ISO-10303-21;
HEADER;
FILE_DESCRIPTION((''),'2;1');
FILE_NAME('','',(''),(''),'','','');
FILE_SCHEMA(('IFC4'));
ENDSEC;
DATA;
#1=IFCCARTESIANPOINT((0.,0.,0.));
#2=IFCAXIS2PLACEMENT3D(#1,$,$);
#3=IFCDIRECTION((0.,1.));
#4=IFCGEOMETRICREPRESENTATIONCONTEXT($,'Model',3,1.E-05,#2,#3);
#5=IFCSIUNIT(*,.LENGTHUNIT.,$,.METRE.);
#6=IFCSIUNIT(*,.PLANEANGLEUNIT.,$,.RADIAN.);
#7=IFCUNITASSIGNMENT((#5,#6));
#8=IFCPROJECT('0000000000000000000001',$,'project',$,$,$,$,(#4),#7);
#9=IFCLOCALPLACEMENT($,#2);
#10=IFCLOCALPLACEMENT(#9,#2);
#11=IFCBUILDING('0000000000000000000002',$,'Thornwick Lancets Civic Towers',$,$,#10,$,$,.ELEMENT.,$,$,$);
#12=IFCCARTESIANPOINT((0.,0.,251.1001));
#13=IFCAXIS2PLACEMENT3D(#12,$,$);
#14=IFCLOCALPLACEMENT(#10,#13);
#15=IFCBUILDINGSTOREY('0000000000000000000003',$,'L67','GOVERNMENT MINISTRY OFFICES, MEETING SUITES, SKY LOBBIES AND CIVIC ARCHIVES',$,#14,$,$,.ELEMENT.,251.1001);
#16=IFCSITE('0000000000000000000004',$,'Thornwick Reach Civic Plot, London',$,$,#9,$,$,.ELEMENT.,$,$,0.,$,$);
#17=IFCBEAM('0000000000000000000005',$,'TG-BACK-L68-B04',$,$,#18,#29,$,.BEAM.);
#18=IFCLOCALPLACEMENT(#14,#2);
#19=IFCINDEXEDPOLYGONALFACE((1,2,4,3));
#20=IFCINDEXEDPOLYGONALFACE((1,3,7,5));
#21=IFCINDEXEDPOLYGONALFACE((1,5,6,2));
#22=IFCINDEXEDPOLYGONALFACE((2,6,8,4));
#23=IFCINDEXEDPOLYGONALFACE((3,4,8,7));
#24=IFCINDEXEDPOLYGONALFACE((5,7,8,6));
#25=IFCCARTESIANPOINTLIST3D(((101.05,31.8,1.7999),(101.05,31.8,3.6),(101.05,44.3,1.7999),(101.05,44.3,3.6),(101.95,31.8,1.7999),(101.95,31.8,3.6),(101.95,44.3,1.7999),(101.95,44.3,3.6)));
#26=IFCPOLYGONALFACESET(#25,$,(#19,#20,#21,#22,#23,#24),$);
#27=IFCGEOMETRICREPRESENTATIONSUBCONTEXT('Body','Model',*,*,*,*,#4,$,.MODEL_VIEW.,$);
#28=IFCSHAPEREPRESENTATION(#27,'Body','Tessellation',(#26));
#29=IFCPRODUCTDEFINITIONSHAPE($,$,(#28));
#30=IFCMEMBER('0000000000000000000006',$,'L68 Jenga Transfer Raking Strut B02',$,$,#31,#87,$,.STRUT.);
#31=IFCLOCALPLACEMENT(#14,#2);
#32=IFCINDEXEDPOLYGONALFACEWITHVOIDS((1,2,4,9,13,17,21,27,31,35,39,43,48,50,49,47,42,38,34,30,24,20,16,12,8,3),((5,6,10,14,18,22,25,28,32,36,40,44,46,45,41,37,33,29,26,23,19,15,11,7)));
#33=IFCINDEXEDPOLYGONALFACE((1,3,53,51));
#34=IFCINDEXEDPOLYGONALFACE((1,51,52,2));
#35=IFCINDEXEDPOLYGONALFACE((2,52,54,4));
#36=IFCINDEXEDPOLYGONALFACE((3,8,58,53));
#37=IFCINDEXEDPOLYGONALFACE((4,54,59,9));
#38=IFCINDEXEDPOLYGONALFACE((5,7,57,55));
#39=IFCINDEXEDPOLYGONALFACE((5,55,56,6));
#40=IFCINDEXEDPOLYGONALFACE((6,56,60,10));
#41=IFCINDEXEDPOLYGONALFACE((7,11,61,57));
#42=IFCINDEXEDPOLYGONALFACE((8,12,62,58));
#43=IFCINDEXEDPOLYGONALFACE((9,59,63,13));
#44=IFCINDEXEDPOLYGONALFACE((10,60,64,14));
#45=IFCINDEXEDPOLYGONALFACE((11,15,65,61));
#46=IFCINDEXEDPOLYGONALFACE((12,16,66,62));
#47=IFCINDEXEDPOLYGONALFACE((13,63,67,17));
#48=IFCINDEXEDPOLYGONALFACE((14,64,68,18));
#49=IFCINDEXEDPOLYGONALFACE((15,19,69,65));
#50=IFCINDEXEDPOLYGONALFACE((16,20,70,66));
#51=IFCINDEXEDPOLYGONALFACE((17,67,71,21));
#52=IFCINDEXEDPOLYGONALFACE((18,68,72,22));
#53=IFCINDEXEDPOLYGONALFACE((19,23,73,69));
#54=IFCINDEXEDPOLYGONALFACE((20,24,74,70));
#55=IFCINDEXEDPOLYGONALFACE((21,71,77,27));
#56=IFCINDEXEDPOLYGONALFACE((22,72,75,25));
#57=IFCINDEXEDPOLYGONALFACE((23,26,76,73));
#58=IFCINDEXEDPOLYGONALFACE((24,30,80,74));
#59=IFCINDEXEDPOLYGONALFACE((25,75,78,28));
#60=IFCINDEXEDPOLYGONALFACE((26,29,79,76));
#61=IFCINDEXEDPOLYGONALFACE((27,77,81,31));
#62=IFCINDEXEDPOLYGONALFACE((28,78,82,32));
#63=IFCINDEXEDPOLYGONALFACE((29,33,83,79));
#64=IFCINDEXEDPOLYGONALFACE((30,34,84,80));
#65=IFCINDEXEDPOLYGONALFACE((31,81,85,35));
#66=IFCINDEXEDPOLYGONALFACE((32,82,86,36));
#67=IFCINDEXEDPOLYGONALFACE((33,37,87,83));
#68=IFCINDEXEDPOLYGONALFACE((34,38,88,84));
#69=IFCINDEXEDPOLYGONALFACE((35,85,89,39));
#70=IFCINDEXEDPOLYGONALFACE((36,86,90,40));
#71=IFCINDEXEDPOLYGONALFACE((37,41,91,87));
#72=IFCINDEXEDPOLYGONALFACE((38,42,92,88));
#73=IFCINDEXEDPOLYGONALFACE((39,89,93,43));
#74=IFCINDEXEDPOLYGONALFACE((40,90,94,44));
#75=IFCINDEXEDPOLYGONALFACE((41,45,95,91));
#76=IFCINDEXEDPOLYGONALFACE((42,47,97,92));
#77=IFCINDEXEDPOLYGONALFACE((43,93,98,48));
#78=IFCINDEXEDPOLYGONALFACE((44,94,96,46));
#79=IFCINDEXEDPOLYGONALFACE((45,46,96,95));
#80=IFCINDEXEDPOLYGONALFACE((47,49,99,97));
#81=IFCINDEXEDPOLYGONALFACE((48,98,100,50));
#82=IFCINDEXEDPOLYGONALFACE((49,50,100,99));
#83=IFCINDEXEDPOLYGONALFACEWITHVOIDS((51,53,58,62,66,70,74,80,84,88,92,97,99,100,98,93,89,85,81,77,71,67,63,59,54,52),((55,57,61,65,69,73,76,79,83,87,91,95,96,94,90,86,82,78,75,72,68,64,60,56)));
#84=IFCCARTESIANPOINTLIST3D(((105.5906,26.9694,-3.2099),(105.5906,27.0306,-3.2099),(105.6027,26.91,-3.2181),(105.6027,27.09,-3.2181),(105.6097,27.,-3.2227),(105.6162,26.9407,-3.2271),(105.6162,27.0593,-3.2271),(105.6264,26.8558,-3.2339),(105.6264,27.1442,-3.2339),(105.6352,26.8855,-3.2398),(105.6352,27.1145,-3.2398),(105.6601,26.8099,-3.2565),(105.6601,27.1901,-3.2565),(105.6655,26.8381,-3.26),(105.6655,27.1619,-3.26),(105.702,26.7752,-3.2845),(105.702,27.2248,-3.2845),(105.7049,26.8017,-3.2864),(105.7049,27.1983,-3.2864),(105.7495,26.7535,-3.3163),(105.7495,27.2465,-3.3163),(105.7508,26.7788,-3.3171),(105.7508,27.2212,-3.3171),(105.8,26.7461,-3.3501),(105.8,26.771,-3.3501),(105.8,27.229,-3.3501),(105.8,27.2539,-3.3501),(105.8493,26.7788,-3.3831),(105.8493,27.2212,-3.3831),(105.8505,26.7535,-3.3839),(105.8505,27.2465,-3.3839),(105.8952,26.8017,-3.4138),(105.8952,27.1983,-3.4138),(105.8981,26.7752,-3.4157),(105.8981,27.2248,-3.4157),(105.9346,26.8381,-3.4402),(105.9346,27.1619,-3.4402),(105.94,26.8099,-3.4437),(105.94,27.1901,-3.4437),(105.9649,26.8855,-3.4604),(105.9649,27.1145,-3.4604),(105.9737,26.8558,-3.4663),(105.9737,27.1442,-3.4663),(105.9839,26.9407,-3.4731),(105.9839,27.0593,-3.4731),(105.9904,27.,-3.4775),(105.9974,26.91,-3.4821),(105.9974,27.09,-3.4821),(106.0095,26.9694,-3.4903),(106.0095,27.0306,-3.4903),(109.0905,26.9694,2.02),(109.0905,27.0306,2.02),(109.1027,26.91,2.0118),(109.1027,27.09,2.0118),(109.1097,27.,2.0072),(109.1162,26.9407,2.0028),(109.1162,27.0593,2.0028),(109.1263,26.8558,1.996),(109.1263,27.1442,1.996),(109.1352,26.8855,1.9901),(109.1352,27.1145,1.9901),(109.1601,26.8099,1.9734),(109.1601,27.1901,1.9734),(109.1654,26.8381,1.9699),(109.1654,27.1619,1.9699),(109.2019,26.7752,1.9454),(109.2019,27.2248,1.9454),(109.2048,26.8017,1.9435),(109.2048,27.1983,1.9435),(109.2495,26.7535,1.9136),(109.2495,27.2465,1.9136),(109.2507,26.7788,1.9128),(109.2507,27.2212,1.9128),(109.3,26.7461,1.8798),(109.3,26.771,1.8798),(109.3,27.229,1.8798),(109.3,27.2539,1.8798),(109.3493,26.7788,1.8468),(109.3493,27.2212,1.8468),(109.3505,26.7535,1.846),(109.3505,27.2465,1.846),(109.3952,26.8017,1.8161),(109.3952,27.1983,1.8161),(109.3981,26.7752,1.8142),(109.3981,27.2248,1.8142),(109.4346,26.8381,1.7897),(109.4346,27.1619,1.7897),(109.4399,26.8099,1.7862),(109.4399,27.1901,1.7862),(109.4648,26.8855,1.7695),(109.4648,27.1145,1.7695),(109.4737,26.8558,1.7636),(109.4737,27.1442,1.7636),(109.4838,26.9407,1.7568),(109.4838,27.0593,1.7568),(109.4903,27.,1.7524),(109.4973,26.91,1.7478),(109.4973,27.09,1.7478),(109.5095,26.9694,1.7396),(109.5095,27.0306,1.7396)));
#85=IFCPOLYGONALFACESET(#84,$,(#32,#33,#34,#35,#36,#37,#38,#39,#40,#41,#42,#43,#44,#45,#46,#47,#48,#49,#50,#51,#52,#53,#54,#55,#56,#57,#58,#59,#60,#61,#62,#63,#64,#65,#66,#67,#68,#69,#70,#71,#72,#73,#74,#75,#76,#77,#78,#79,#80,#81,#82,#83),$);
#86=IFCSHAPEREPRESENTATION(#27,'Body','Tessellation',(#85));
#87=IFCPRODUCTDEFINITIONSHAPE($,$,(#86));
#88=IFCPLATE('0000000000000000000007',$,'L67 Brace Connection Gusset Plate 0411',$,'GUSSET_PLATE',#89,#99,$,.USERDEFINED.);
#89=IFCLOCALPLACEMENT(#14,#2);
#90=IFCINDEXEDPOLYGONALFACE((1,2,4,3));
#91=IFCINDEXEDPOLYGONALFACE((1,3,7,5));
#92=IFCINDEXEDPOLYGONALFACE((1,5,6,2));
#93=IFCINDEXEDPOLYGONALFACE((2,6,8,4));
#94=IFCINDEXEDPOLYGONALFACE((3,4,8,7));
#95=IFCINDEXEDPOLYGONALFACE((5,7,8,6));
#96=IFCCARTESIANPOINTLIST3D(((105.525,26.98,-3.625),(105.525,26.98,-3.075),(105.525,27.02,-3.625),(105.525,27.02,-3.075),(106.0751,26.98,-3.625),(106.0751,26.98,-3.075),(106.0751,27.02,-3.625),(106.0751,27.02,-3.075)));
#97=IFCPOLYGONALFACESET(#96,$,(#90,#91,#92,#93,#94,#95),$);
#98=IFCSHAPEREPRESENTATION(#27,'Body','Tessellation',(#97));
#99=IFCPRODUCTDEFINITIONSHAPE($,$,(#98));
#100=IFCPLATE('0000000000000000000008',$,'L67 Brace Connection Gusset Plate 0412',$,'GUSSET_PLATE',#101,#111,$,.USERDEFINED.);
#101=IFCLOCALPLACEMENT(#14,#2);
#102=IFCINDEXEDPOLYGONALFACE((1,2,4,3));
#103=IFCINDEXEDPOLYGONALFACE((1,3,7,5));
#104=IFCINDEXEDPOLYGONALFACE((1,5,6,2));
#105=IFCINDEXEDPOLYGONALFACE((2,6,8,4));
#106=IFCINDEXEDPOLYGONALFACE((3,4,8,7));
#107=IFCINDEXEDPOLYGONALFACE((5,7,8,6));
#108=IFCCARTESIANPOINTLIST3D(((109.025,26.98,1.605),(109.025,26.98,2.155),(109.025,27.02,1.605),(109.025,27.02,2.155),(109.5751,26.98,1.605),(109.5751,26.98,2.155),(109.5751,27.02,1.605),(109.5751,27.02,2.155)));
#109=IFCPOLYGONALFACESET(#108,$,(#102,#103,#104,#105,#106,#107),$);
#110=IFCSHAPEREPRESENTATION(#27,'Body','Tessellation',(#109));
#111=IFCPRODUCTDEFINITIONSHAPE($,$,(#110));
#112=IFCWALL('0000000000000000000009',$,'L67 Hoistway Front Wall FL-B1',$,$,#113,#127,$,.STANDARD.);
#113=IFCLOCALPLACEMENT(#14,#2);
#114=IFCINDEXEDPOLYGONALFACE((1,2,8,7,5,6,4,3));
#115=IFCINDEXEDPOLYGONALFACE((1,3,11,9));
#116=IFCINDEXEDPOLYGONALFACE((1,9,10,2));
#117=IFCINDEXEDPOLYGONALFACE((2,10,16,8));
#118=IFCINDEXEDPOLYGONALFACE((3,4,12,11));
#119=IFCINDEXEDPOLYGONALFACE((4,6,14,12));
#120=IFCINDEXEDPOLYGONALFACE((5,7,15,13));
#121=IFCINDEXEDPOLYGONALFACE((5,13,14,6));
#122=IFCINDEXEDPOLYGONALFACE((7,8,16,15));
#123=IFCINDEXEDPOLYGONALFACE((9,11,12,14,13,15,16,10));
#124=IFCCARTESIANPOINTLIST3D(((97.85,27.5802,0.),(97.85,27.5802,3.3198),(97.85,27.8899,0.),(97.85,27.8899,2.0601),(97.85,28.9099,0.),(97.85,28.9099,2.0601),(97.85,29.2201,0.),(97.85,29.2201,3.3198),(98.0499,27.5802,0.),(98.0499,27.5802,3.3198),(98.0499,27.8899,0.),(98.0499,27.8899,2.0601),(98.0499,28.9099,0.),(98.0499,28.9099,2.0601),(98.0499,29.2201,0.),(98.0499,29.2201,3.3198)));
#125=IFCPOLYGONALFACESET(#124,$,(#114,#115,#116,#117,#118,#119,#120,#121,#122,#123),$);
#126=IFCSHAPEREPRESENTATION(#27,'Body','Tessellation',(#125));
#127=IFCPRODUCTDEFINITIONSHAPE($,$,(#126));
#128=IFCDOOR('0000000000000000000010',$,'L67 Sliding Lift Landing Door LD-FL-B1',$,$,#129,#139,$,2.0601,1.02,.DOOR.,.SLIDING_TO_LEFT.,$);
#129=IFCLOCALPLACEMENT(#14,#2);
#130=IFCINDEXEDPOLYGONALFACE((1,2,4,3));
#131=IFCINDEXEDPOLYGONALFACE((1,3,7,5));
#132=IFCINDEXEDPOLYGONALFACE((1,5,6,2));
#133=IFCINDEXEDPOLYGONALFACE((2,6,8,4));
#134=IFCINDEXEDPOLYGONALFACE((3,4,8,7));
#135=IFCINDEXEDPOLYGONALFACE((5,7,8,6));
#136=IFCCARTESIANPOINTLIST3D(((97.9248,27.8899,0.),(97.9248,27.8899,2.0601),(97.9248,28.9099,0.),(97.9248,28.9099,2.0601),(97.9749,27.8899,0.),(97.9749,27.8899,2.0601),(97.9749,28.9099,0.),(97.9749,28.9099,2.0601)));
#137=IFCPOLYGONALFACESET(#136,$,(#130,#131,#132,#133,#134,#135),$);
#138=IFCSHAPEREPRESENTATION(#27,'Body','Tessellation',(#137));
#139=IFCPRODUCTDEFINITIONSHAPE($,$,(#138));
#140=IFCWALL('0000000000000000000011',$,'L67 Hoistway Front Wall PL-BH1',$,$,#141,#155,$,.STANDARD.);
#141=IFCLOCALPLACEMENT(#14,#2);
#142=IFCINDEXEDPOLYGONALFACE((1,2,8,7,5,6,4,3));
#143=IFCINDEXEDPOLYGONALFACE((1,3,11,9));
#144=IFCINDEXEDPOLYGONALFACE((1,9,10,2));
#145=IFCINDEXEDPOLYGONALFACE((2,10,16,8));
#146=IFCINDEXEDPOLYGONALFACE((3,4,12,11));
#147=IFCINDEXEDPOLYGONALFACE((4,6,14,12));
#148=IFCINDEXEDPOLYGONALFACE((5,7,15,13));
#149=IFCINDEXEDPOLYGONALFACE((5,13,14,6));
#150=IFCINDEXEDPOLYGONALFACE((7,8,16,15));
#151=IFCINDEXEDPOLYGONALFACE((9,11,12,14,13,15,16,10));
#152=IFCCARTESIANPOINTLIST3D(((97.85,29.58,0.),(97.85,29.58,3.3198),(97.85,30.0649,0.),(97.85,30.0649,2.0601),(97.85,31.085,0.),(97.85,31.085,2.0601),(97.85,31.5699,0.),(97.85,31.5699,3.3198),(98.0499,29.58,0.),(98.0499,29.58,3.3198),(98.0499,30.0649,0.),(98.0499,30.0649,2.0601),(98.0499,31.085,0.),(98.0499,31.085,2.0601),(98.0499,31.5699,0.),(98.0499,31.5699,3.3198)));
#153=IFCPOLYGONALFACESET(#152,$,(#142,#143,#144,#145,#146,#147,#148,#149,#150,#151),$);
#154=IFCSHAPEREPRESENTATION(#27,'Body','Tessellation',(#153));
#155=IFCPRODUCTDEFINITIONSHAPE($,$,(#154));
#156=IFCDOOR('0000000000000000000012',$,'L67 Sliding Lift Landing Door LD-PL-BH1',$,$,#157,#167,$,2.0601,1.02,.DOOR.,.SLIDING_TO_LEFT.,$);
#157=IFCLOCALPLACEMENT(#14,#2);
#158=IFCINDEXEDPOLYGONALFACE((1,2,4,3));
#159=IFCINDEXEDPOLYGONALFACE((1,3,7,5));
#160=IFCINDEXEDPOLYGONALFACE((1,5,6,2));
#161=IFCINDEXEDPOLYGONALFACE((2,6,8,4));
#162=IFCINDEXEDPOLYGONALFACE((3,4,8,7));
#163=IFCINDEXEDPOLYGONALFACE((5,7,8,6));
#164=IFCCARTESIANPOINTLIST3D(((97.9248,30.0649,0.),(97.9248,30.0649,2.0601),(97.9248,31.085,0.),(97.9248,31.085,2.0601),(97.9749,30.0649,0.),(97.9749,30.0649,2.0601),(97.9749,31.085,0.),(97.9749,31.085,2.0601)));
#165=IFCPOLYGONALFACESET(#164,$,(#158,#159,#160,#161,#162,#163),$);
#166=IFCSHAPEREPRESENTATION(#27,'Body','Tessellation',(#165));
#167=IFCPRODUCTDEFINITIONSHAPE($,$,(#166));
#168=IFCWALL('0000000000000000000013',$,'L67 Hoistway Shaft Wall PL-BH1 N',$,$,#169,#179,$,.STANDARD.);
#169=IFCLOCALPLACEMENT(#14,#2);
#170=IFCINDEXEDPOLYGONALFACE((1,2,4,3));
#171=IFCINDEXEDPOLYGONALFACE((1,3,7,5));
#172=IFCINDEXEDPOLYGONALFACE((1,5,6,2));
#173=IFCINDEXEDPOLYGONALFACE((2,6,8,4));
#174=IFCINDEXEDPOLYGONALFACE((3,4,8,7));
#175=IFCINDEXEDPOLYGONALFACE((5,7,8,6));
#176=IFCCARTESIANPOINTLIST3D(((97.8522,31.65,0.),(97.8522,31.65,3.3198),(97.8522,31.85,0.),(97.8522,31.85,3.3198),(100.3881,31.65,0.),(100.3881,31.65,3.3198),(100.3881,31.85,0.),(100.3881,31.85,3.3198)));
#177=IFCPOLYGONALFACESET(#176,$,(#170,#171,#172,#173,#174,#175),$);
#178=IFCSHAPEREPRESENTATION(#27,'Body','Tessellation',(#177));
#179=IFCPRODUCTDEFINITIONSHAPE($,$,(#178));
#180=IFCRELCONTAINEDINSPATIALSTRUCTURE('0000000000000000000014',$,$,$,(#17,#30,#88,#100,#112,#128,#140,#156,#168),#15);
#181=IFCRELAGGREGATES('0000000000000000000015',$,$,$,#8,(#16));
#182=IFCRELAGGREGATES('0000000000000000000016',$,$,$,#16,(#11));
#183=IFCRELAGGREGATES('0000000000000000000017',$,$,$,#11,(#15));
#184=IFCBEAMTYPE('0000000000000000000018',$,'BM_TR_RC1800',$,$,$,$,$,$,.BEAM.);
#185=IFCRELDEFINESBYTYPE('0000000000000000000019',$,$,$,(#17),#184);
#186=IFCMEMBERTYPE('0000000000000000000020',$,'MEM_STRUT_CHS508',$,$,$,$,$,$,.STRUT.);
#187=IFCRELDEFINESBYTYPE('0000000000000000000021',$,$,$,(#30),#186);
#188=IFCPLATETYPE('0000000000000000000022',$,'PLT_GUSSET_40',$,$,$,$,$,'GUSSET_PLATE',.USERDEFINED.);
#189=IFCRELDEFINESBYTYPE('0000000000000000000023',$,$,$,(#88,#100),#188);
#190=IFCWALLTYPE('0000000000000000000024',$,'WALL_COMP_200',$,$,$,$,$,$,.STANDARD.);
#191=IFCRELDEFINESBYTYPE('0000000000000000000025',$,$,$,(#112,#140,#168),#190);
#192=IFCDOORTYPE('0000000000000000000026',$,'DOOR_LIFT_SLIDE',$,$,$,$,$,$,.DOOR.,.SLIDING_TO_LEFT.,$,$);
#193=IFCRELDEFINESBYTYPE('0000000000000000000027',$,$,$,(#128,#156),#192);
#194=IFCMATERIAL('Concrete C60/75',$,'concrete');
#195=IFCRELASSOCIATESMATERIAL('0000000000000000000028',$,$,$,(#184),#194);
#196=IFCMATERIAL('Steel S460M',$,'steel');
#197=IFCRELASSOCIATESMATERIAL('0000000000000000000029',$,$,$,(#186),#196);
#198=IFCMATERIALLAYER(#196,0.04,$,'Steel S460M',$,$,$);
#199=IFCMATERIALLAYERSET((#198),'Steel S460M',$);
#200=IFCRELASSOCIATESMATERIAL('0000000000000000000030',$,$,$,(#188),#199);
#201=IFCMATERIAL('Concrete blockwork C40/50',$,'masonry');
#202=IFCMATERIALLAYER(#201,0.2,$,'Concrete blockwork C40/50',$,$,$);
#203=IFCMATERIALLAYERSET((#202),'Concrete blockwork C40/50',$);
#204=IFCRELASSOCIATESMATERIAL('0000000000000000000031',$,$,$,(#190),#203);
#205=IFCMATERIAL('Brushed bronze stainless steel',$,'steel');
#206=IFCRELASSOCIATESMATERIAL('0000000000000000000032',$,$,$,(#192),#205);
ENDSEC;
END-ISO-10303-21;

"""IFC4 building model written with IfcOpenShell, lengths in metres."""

from ifc_helpers import new_model, si_unit, direction, frame, frame_2d, origin, origin_2d, place, context, subcontext, project, spatial, rectangle, hollow_circle, extrude, material, layer, layer_set, material_profile, profile_set, type_object, element, fill, save


model = new_model("IFC4")

# Units and contexts
model_context = context("Model", 3, precision=1e-05, world=origin(), true_north=direction((0.0, 1.0)))
body_context = subcontext(model_context, "Body", "Model", "MODEL_VIEW")
ifc_project = project(units=[si_unit("LENGTHUNIT", "METRE"), si_unit("PLANEANGLEUNIT", "RADIAN")], contexts=[model_context])

# Site, building, storey
site_placement = place(None, origin())
site = spatial("IfcSite", under=ifc_project, at=site_placement, Name="Thornwick Reach Civic Plot, London", CompositionType="ELEMENT", RefElevation=0.0)
building_placement = place(site_placement, origin())
building = spatial("IfcBuilding", under=site, at=building_placement, Name="Thornwick Lancets Civic Towers", CompositionType="ELEMENT")
storey_placement = place(building_placement, frame((0.0, 0.0, 251.1001)))
storey = spatial("IfcBuildingStorey", under=building, at=storey_placement, Name="L67", Description="GOVERNMENT MINISTRY OFFICES, MEETING SUITES, SKY LOBBIES AND CIVIC ARCHIVES", CompositionType="ELEMENT", Elevation=251.1001)

# Beam
ifc_material_1 = material(Name="Concrete C60/75", Category="concrete")
ifc_material_profile_1 = material_profile(ifc_material_1, rectangle(XDim=0.8999, YDim=1.8, at=origin_2d()), Name="RC 900x1800")
ifc_profile_set_1 = profile_set([ifc_material_profile_1], Name="Concrete C60/75")
beam_type_1 = type_object("IfcBeamType", Name="BM_TR_RC1800", PredefinedType="BEAM", material=ifc_profile_set_1)
beam_1_placement = place(storey_placement, frame((101.5, 31.8, 2.7), z_axis=(0.0, 1.0, 0.0), x_axis=(-1.0, 0.0, 0.0)))
element("IfcBeam", 1, at=beam_1_placement, inside=storey, type_object=beam_type_1, Name="TG-BACK-L68-B04", PredefinedType="BEAM", context=body_context, shape_type="SweptSolid", body=[
    extrude(rectangle(XDim=0.8999, YDim=1.8, at=origin_2d()), origin(), (0.0, 0.0, 1.0), 12.5),
])

# Member
ifc_material_2 = material(Name="Steel S460M", Category="steel")
ifc_material_profile_2 = material_profile(ifc_material_2, hollow_circle(Radius=0.2539, WallThickness=0.0249, at=origin_2d()), Name="CHS 508x25")
ifc_profile_set_2 = profile_set([ifc_material_profile_2], Name="Steel S460M")
member_type = type_object("IfcMemberType", Name="MEM_STRUT_CHS508", PredefinedType="STRUT", material=ifc_profile_set_2)
member_placement = place(storey_placement, frame((105.8, 27.0, -3.3501), z_axis=(0.556168, 0.0, 0.83107), x_axis=(0.0, 1.0, 0.0)))
element("IfcMember", 2, at=member_placement, inside=storey, type_object=member_type, Name="L68 Jenga Transfer Raking Strut B02", PredefinedType="STRUT", context=body_context, shape_type="SweptSolid", body=[
    extrude(hollow_circle(Radius=0.2539, WallThickness=0.0249, at=origin_2d()), origin(), (0.0, 0.0, 1.0), 6.293),
])

# Plates
ifc_layer_1 = layer(ifc_material_2, 0.04, Name="Steel S460M")
ifc_layer_set_1 = layer_set([ifc_layer_1], Name="Steel S460M")
plate_type = type_object("IfcPlateType", Name="PLT_GUSSET_40", ElementType="GUSSET_PLATE", PredefinedType="USERDEFINED", material=ifc_layer_set_1)
for number, where, z_axis, x_axis, name in (
    (3, (105.8, 27.0, -3.625), (0.0, 0.0, 1.0), (1.0, 0.0, 0.0), "L67 Brace Connection Gusset Plate 0411"),
    (4, (109.3, 27.0, 1.605), (0.0, 0.0, 1.0), (1.0, 0.0, 0.0), "L67 Brace Connection Gusset Plate 0412"),
):
    element("IfcPlate", number, at=place(storey_placement, frame(where, z_axis=z_axis, x_axis=x_axis)), inside=storey, type_object=plate_type, Name=name, ObjectType="GUSSET_PLATE", PredefinedType="USERDEFINED", context=body_context, shape_type="SweptSolid", body=[
        extrude(rectangle(XDim=0.55, YDim=0.04, at=origin_2d()), origin(), (0.0, 0.0, 1.0), 0.55),
    ])

# Walls, openings, doors
ifc_material_3 = material(Name="Concrete blockwork C40/50", Category="masonry")
ifc_layer_2 = layer(ifc_material_3, 0.2, Name="Concrete blockwork C40/50")
ifc_layer_set_2 = layer_set([ifc_layer_2], Name="Concrete blockwork C40/50")
wall_type = type_object("IfcWallType", Name="WALL_COMP_200", PredefinedType="STANDARD", material=ifc_layer_set_2)
wall_1_placement = place(storey_placement, frame((97.95, 29.22, 0.0), z_axis=(0.0, 0.0, 1.0), x_axis=(0.0, -1.0, 0.0)))
wall_1 = element("IfcWall", 5, at=wall_1_placement, inside=storey, type_object=wall_type, Name="L67 Hoistway Front Wall FL-B1", PredefinedType="STANDARD", context=body_context, shape_type="SweptSolid", body=[
    extrude(rectangle(XDim=1.6399, YDim=0.2, at=frame_2d((0.8198, 0.0))), origin(), (0.0, 0.0, 1.0), 3.3198),
])
opening_1_placement = place(wall_1_placement, frame((0.3101, 0.0, 0.0)))
opening_1 = element("IfcOpeningElement", 6, at=opening_1_placement, cuts=wall_1, PredefinedType="OPENING", context=body_context, shape_type="SweptSolid", body=[
    extrude(rectangle(XDim=1.02, YDim=2.0601, at=frame_2d((0.51, 1.03))), frame((0.0, 0.1099, 0.0), z_axis=(0.0, -1.0, 0.0), x_axis=(1.0, 0.0, 0.0)), (0.0, 0.0, 1.0), 0.22),
])
ifc_material_4 = material(Name="Brushed bronze stainless steel", Category="steel")
door_type = type_object("IfcDoorType", Name="DOOR_LIFT_SLIDE", OperationType="SLIDING_TO_LEFT", PredefinedType="DOOR", material=ifc_material_4)
door_1_placement = place(opening_1_placement, origin())
door_1 = element("IfcDoor", 7, at=door_1_placement, inside=storey, type_object=door_type, Name="L67 Sliding Lift Landing Door LD-FL-B1", OperationType="SLIDING_TO_LEFT", OverallHeight=2.0601, OverallWidth=1.02, PredefinedType="DOOR", context=body_context, shape_type="SweptSolid", body=[
    extrude(rectangle(XDim=1.02, YDim=2.0601, at=frame_2d((0.51, 1.03))), frame((0.0, 0.0249, 0.0), z_axis=(0.0, -1.0, 0.0), x_axis=(1.0, 0.0, 0.0)), (0.0, 0.0, 1.0), 0.05),
])
fill(opening_1, door_1)
wall_2_placement = place(storey_placement, frame((97.95, 31.5701, 0.0), z_axis=(0.0, 0.0, 1.0), x_axis=(0.0, -1.0, 0.0)))
wall_2 = element("IfcWall", 8, at=wall_2_placement, inside=storey, type_object=wall_type, Name="L67 Hoistway Front Wall PL-BH1", PredefinedType="STANDARD", context=body_context, shape_type="SweptSolid", body=[
    extrude(rectangle(XDim=1.99, YDim=0.2, at=frame_2d((0.9951, 0.0))), origin(), (0.0, 0.0, 1.0), 3.3198),
])
opening_2_placement = place(wall_2_placement, frame((0.4851, 0.0, 0.0)))
opening_2 = element("IfcOpeningElement", 9, at=opening_2_placement, cuts=wall_2, PredefinedType="OPENING", context=body_context, shape_type="SweptSolid", body=[
    extrude(rectangle(XDim=1.02, YDim=2.0601, at=frame_2d((0.51, 1.03))), frame((0.0, 0.1099, 0.0), z_axis=(0.0, -1.0, 0.0), x_axis=(1.0, 0.0, 0.0)), (0.0, 0.0, 1.0), 0.22),
])
door_2_placement = place(opening_2_placement, origin())
door_2 = element("IfcDoor", 10, at=door_2_placement, inside=storey, type_object=door_type, Name="L67 Sliding Lift Landing Door LD-PL-BH1", OperationType="SLIDING_TO_LEFT", OverallHeight=2.0601, OverallWidth=1.02, PredefinedType="DOOR", context=body_context, shape_type="SweptSolid", body=[
    extrude(rectangle(XDim=1.02, YDim=2.0601, at=frame_2d((0.51, 1.03))), frame((0.0, 0.0249, 0.0), z_axis=(0.0, -1.0, 0.0), x_axis=(1.0, 0.0, 0.0)), (0.0, 0.0, 1.0), 0.05),
])
fill(opening_2, door_2)

# Wall
wall_3_placement = place(storey_placement, frame((97.8521, 31.75, 0.0), z_axis=(0.0, 0.0, 1.0), x_axis=(1.0, 0.0, 0.0)))
element("IfcWall", 11, at=wall_3_placement, inside=storey, type_object=wall_type, Name="L67 Hoistway Shaft Wall PL-BH1 N", PredefinedType="STANDARD", context=body_context, shape_type="SweptSolid", body=[
    extrude(rectangle(XDim=2.5359, YDim=0.2, at=frame_2d((1.2681, 0.0))), origin(), (0.0, 0.0, 1.0), 3.3198),
])

save(model, "model.ifc")
